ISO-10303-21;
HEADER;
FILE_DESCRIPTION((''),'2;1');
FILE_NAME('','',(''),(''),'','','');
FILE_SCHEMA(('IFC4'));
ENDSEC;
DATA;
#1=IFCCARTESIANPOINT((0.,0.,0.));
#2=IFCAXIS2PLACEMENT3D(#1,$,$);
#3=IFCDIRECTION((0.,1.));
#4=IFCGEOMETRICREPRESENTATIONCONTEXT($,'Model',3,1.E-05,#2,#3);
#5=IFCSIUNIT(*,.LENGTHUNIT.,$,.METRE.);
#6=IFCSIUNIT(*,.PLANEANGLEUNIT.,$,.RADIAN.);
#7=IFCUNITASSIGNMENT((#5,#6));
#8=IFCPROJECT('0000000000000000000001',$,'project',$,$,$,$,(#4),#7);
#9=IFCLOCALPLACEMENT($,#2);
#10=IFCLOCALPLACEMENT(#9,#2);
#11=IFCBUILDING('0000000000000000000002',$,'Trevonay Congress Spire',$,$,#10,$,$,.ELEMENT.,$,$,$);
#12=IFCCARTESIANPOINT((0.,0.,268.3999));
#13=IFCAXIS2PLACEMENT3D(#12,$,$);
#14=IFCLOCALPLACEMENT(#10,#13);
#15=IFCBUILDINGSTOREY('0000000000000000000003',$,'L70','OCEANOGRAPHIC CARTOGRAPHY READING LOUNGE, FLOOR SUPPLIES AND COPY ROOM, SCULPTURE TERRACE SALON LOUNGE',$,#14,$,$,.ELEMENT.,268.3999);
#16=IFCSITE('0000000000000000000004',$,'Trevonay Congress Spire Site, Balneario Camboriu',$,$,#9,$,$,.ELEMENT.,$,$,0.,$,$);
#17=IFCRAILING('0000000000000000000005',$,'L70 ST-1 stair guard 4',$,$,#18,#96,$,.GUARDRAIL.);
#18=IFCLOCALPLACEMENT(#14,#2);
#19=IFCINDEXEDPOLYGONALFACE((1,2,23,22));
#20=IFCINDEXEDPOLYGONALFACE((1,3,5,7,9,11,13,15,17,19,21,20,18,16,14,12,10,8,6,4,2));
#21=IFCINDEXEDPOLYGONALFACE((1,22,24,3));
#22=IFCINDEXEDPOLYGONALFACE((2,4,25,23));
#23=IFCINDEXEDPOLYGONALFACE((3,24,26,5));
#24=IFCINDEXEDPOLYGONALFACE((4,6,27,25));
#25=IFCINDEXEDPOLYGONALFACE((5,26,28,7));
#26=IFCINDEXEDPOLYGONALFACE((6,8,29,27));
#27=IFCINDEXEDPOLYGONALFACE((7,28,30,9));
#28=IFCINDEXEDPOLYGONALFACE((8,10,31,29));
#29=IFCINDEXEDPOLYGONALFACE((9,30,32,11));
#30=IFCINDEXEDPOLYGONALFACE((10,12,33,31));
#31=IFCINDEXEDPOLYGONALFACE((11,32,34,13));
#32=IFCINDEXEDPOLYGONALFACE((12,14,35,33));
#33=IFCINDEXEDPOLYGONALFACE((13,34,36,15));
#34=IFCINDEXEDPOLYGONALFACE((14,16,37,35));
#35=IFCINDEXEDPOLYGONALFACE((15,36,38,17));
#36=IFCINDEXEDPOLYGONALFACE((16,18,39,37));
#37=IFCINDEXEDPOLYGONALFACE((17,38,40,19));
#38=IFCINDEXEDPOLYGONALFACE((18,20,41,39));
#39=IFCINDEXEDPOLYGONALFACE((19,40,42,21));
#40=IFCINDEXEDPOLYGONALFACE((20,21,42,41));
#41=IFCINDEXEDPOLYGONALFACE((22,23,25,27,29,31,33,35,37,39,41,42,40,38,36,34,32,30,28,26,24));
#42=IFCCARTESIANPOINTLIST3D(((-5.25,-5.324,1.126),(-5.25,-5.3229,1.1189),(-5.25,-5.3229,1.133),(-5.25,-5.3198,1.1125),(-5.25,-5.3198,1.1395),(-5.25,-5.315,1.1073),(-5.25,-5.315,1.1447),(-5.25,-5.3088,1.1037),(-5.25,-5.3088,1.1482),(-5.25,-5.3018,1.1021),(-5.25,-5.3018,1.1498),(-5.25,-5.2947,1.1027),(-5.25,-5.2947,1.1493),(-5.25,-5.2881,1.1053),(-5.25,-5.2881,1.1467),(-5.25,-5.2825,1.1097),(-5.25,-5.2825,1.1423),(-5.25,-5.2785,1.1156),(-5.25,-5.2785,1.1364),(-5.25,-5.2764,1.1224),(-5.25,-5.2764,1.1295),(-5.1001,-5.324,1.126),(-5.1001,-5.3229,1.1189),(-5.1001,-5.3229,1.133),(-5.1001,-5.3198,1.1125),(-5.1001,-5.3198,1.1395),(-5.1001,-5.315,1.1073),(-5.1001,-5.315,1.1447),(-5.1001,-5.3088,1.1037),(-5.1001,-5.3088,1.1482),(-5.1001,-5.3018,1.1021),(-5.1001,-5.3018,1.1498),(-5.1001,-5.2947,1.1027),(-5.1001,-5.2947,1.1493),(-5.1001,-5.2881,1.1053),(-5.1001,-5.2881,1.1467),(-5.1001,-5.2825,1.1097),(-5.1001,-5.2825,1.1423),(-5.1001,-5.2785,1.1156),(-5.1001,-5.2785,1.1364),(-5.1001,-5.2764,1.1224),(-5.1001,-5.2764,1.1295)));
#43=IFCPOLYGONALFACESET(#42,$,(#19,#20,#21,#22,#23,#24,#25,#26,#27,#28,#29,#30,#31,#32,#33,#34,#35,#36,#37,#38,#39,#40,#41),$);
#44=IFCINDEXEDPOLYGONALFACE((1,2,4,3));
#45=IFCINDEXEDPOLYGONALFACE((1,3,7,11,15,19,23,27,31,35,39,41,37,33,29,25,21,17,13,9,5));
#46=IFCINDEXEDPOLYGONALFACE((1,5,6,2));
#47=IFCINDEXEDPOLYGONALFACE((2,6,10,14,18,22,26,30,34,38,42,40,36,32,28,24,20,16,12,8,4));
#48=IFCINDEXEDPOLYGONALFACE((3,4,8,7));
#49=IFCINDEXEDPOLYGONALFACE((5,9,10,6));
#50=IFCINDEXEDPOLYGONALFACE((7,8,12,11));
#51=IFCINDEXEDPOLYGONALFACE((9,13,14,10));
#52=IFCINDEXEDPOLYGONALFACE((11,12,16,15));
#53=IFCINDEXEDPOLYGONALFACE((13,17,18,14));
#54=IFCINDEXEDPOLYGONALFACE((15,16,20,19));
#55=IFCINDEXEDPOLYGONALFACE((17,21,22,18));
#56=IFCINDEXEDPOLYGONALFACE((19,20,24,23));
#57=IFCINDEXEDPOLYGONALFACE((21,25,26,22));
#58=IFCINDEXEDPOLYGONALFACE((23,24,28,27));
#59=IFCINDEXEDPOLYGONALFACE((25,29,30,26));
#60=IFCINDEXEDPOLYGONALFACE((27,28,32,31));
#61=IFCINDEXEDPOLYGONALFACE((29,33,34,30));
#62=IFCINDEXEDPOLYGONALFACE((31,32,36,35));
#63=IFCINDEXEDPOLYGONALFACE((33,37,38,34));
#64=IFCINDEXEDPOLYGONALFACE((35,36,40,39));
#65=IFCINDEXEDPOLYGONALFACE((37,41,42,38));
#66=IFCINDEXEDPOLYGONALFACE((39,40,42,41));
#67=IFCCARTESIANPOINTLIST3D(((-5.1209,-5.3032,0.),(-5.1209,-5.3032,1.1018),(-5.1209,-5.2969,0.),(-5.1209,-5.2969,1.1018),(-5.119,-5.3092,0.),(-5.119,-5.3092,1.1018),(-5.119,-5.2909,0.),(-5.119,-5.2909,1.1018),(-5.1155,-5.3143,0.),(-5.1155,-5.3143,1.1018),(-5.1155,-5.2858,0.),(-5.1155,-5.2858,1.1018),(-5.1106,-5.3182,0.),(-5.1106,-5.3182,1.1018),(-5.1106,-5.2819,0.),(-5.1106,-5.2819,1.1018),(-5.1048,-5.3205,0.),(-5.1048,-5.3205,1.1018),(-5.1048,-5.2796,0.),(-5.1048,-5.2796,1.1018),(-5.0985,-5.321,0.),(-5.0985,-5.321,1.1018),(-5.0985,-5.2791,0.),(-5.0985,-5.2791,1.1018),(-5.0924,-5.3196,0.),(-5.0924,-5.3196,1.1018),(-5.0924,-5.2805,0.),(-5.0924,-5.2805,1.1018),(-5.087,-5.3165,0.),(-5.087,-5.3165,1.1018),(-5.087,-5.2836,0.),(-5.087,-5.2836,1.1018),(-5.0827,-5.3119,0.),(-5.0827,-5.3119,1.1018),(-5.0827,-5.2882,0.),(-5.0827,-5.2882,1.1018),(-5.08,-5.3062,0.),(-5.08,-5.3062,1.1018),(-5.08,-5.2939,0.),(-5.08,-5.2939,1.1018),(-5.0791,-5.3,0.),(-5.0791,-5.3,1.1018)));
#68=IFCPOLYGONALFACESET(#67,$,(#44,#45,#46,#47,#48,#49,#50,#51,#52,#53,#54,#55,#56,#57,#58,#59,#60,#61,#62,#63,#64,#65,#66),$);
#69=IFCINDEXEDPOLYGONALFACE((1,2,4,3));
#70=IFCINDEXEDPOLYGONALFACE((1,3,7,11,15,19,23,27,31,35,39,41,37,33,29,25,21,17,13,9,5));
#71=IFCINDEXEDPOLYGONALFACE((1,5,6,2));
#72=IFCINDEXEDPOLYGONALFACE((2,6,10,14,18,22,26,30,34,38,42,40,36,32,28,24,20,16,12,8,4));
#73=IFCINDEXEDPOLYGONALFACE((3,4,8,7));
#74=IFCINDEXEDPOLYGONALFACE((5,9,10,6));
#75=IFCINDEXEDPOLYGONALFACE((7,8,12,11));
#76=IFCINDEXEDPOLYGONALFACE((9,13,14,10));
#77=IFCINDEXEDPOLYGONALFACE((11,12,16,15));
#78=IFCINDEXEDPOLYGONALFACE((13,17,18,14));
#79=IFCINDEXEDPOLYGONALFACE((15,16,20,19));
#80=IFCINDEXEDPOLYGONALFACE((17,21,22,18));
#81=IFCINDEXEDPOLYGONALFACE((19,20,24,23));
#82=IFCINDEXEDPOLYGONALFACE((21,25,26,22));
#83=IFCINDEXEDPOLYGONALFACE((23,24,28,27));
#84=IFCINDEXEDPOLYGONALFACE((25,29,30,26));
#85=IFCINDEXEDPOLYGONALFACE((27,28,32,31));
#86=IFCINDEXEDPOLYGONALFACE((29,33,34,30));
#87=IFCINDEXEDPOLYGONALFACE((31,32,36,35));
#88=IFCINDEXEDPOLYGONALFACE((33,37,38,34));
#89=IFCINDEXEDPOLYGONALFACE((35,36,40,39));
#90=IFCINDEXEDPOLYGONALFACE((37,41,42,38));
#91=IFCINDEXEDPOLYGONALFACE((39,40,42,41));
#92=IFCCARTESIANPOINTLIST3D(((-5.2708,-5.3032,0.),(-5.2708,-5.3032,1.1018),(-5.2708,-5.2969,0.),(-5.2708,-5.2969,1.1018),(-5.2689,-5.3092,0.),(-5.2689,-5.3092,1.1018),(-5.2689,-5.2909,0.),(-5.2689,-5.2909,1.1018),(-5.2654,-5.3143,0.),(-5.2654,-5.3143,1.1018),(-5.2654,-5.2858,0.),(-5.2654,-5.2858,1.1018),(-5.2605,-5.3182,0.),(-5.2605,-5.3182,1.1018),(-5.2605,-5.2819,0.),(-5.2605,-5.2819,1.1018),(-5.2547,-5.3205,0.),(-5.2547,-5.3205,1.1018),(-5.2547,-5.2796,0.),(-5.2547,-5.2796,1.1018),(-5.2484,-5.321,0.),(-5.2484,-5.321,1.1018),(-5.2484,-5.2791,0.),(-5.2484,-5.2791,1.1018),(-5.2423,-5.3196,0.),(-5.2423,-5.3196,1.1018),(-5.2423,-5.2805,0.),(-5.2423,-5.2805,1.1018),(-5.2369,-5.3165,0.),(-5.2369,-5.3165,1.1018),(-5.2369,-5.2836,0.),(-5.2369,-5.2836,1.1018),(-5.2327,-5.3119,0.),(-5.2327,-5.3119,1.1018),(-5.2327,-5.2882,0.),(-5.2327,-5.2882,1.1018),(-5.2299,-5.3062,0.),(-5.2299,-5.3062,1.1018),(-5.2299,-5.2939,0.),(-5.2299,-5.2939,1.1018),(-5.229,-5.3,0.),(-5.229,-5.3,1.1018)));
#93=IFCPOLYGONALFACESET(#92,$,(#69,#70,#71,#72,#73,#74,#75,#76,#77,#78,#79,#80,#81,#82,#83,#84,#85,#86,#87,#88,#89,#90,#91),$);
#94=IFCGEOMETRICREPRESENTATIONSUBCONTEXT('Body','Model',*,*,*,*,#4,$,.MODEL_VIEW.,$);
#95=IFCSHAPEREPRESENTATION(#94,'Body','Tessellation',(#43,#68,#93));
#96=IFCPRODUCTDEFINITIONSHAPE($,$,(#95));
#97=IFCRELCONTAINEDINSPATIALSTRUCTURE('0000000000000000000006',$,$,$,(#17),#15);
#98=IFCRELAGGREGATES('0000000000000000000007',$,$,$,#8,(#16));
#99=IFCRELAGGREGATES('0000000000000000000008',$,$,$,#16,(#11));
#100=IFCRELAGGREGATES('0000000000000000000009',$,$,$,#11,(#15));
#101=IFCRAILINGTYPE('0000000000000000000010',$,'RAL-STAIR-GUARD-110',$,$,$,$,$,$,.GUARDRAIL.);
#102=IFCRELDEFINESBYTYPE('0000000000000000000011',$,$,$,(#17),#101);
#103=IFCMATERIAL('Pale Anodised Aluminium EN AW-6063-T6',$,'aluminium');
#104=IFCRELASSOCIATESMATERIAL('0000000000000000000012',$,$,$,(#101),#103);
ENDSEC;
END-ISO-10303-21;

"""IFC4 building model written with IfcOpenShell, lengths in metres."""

from ifc_helpers import new_model, si_unit, direction, frame, origin, origin_2d, place, context, subcontext, project, spatial, circle, extrude, material, type_object, element, save


model = new_model("IFC4")

# Units and contexts
model_context = context("Model", 3, precision=1e-05, world=origin(), true_north=direction((0.0, 1.0)))
body_context = subcontext(model_context, "Body", "Model", "MODEL_VIEW")
ifc_project = project(units=[si_unit("LENGTHUNIT", "METRE"), si_unit("PLANEANGLEUNIT", "RADIAN")], contexts=[model_context])

# Site, building, storey
site_placement = place(None, origin())
site = spatial("IfcSite", under=ifc_project, at=site_placement, Name="Trevonay Congress Spire Site, Balneario Camboriu", CompositionType="ELEMENT", RefElevation=0.0)
building_placement = place(site_placement, origin())
building = spatial("IfcBuilding", under=site, at=building_placement, Name="Trevonay Congress Spire", CompositionType="ELEMENT")
storey_placement = place(building_placement, frame((0.0, 0.0, 268.3999)))
storey = spatial("IfcBuildingStorey", under=building, at=storey_placement, Name="L70", Description="OCEANOGRAPHIC CARTOGRAPHY READING LOUNGE, FLOOR SUPPLIES AND COPY ROOM, SCULPTURE TERRACE SALON LOUNGE", CompositionType="ELEMENT", Elevation=268.3999)

# Railing
ifc_material_1 = material(Name="Pale Anodised Aluminium EN AW-6063-T6", Category="aluminium")
railing_type_1 = type_object("IfcRailingType", Name="RAL-STAIR-GUARD-110", PredefinedType="GUARDRAIL", material=ifc_material_1)
railing_1_placement = place(storey_placement, frame((-5.1001, -5.3, 0.0)))
element("IfcRailing", 1, at=railing_1_placement, inside=storey, type_object=railing_type_1, Name="L70 ST-1 stair guard 4", PredefinedType="GUARDRAIL", context=body_context, shape_type="SweptSolid", body=[
    extrude(circle(Radius=0.0239, at=origin_2d()), frame((0.0, 0.0, 1.126), z_axis=(-1.0, 0.0, 0.0), x_axis=(0.0, -1.0, 0.0)), (0.0, 0.0, 1.0), 0.1499),
    extrude(circle(Radius=0.021, at=origin_2d()), origin(), (0.0, 0.0, 1.0), 1.1018),
    extrude(circle(Radius=0.021, at=origin_2d()), frame((-0.1499, 0.0, 0.0)), (0.0, 0.0, 1.0), 1.1018),
])

save(model, "model.ifc")
